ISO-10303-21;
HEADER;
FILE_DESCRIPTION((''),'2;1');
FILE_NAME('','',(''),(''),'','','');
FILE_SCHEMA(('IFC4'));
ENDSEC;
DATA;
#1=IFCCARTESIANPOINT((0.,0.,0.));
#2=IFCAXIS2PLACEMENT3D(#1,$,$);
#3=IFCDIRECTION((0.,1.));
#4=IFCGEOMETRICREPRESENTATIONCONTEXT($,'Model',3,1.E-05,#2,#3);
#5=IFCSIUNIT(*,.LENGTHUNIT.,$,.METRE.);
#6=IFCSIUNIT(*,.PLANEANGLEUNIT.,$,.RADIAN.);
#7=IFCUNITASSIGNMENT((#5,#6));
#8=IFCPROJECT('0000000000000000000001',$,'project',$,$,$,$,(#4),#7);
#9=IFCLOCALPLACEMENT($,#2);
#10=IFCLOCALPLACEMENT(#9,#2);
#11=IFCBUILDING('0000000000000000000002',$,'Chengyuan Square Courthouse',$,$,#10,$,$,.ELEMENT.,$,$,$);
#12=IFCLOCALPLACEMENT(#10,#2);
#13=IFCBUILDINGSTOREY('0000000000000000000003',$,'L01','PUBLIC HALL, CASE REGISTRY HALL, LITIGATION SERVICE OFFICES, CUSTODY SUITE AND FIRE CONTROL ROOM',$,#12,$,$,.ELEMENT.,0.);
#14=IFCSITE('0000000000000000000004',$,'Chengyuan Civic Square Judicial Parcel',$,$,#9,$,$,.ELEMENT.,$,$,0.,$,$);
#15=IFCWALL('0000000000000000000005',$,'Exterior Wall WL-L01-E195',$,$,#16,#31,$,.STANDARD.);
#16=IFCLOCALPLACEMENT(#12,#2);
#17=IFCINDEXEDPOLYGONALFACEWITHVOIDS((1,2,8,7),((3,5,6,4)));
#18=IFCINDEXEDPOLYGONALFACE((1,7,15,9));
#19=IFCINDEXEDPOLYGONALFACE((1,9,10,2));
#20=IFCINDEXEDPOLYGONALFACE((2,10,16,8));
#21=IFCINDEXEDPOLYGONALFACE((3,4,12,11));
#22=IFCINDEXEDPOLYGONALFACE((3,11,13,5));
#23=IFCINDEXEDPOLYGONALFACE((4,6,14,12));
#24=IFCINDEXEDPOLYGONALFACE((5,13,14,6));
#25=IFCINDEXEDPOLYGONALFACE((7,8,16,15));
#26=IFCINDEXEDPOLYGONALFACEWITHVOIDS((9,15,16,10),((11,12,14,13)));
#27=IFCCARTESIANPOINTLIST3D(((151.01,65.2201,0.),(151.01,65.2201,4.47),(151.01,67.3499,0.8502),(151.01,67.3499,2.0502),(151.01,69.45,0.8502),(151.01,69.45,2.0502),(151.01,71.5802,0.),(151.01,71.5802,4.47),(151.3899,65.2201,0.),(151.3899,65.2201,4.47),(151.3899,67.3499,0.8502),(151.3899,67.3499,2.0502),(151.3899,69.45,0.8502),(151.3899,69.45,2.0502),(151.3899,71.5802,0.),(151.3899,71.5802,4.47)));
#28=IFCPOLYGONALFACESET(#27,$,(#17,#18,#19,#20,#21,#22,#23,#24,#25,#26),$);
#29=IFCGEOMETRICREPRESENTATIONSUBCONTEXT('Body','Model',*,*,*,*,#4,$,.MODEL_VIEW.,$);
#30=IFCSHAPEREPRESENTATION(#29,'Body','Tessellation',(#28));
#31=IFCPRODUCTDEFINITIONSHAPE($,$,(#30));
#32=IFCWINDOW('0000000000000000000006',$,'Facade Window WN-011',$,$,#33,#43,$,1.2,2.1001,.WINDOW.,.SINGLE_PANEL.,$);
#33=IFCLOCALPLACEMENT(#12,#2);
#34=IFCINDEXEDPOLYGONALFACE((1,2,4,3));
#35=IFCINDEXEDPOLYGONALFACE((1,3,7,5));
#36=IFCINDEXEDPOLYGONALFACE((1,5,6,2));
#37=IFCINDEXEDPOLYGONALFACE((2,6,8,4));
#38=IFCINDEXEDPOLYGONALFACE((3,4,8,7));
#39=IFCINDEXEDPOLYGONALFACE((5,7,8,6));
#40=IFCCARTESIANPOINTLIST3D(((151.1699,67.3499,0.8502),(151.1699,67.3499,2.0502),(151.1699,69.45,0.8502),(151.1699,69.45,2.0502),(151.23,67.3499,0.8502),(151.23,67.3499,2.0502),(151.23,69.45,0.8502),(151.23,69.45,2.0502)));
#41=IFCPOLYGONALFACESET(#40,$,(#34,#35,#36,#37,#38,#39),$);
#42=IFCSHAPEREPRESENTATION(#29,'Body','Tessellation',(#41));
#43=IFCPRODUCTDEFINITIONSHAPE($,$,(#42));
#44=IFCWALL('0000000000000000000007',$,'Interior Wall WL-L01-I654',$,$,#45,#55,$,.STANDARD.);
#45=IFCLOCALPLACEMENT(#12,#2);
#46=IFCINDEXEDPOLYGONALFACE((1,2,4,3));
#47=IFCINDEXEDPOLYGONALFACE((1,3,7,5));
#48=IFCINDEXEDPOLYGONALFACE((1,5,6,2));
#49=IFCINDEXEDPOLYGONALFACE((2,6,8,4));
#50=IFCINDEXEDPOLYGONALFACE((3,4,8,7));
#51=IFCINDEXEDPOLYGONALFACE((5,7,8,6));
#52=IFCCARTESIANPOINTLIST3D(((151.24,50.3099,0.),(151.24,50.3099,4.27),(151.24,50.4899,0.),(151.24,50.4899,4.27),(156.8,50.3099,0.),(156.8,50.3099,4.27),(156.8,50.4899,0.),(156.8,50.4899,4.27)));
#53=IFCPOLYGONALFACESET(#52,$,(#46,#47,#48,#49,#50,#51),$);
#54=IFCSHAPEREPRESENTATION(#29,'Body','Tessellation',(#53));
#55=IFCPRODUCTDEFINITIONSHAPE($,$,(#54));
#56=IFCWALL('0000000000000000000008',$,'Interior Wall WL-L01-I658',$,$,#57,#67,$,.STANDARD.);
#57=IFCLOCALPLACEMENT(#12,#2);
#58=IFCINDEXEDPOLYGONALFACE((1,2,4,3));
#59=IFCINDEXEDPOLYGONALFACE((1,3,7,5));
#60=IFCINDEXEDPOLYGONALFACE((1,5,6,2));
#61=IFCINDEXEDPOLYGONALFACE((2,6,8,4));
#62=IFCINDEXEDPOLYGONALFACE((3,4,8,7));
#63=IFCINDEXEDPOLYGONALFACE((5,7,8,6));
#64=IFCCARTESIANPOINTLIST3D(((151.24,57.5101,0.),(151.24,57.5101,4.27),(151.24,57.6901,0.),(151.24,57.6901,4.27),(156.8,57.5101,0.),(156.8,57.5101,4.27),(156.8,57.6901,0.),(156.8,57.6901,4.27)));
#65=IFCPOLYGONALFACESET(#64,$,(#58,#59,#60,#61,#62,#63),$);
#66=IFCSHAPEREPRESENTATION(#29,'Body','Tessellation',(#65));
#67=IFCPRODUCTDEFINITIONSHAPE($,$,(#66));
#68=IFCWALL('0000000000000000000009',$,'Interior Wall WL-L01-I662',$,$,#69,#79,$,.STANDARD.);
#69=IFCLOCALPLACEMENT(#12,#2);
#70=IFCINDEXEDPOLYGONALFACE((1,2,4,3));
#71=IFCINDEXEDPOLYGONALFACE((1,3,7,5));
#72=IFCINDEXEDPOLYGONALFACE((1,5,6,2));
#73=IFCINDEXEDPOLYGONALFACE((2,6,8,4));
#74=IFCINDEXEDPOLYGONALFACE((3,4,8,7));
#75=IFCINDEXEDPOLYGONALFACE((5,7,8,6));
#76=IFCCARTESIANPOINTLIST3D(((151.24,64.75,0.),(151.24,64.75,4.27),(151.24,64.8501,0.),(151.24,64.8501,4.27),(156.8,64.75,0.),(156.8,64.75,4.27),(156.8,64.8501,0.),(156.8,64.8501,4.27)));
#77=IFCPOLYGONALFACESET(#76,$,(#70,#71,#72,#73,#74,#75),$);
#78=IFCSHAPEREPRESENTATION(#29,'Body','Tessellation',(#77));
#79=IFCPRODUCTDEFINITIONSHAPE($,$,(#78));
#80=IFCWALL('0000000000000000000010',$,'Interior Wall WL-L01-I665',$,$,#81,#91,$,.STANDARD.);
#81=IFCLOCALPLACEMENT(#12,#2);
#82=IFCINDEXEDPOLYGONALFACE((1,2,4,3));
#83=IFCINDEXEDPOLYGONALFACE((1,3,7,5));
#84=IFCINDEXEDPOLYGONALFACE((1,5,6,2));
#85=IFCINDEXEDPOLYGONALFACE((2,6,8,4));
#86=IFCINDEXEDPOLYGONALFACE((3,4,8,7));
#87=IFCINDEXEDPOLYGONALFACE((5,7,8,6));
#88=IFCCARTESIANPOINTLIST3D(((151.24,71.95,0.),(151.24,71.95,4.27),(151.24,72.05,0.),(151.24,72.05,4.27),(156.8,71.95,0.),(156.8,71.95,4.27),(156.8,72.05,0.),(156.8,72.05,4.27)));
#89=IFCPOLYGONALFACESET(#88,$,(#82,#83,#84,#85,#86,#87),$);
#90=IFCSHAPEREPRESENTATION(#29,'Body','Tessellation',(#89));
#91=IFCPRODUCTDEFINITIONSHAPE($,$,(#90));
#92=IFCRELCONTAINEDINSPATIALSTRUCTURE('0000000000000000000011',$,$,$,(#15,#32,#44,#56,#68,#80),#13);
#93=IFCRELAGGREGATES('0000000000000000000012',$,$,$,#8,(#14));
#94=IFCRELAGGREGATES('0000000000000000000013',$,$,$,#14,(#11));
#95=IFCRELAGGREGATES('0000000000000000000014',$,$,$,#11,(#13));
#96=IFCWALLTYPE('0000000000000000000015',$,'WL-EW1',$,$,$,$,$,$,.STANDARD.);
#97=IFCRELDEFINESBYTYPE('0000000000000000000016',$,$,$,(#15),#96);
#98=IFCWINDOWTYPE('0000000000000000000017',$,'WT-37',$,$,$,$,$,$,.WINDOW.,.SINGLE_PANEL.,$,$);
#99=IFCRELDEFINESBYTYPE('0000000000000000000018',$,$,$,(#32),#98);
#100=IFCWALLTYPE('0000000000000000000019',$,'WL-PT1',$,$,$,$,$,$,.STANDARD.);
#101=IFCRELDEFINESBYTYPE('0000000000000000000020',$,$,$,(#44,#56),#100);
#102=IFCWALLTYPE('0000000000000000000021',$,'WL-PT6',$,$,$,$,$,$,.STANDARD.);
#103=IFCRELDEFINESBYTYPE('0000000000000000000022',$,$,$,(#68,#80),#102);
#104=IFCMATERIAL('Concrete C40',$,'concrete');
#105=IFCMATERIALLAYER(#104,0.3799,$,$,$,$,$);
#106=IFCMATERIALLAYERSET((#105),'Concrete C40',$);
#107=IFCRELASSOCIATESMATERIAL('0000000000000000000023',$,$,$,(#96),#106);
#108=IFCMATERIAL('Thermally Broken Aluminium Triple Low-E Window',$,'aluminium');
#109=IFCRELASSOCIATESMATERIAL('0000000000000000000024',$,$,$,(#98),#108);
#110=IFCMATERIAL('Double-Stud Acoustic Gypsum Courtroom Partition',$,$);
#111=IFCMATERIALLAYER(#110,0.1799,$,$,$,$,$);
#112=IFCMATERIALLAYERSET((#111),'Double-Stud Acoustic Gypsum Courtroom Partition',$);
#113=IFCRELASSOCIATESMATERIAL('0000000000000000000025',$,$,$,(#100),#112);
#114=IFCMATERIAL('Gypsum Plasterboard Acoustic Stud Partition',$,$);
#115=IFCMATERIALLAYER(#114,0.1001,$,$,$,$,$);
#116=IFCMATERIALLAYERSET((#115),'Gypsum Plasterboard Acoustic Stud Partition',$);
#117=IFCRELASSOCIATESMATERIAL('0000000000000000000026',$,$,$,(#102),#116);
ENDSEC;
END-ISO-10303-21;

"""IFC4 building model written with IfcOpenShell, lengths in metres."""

from ifc_helpers import new_model, si_unit, direction, frame, frame_2d, origin, place, context, subcontext, project, spatial, rectangle, extrude, material, layer, layer_set, type_object, element, fill, save


model = new_model("IFC4")

# Units and contexts
model_context = context("Model", 3, precision=1e-05, world=origin(), true_north=direction((0.0, 1.0)))
body_context = subcontext(model_context, "Body", "Model", "MODEL_VIEW")
ifc_project = project(units=[si_unit("LENGTHUNIT", "METRE"), si_unit("PLANEANGLEUNIT", "RADIAN")], contexts=[model_context])

# Site, building, storey
site_placement = place(None, origin())
site = spatial("IfcSite", under=ifc_project, at=site_placement, Name="Chengyuan Civic Square Judicial Parcel", CompositionType="ELEMENT", RefElevation=0.0)
building_placement = place(site_placement, origin())
building = spatial("IfcBuilding", under=site, at=building_placement, Name="Chengyuan Square Courthouse", CompositionType="ELEMENT")
storey_placement = place(building_placement, origin())
storey = spatial("IfcBuildingStorey", under=building, at=storey_placement, Name="L01", Description="PUBLIC HALL, CASE REGISTRY HALL, LITIGATION SERVICE OFFICES, CUSTODY SUITE AND FIRE CONTROL ROOM", CompositionType="ELEMENT", Elevation=0.0)

# Shared definitions
ifc_material_1 = material(Name="Concrete C40", Category="concrete")

# Wall, opening, window
ifc_layer_1 = layer(ifc_material_1, 0.3799)
ifc_layer_set_1 = layer_set([ifc_layer_1], Name="Concrete C40")
wall_type_1 = type_object("IfcWallType", Name="WL-EW1", PredefinedType="STANDARD", material=ifc_layer_set_1)
wall_placement = place(storey_placement, frame((151.2, 65.22, 0.0), z_axis=(0.0, 0.0, 1.0), x_axis=(0.0, 1.0, 0.0)))
wall = element("IfcWall", 1, at=wall_placement, inside=storey, type_object=wall_type_1, Name="Exterior Wall WL-L01-E195", PredefinedType="STANDARD", context=body_context, shape_type="SweptSolid", body=[
    extrude(rectangle(XDim=6.3601, YDim=0.3799, at=frame_2d((3.1802, 0.0))), origin(), (0.0, 0.0, 1.0), 4.47),
])
opening_placement = place(wall_placement, frame((2.1299, 0.0, 0.8501)))
opening = element("IfcOpeningElement", 2, at=opening_placement, cuts=wall, PredefinedType="OPENING", context=body_context, shape_type="SweptSolid", body=[
    extrude(rectangle(XDim=2.1001, YDim=1.2, at=frame_2d((1.05, 0.6001))), frame((0.0, 0.2019, 0.0), z_axis=(0.0, -1.0, 0.0), x_axis=(1.0, 0.0, 0.0)), (0.0, 0.0, 1.0), 0.4038),
])
ifc_material_2 = material(Name="Thermally Broken Aluminium Triple Low-E Window", Category="aluminium")
window_type = type_object("IfcWindowType", Name="WT-37", PartitioningType="SINGLE_PANEL", PredefinedType="WINDOW", material=ifc_material_2)
window_placement = place(opening_placement, origin())
window = element("IfcWindow", 3, at=window_placement, inside=storey, type_object=window_type, Name="Facade Window WN-011", OverallHeight=1.2, OverallWidth=2.1001, PartitioningType="SINGLE_PANEL", PredefinedType="WINDOW", context=body_context, shape_type="SweptSolid", body=[
    extrude(rectangle(XDim=2.1001, YDim=1.2, at=frame_2d((1.05, 0.6001))), frame((0.0, 0.03, 0.0), z_axis=(0.0, -1.0, 0.0), x_axis=(1.0, 0.0, 0.0)), (0.0, 0.0, 1.0), 0.0601),
])
fill(opening, window)

# Walls
ifc_material_3 = material(Name="Double-Stud Acoustic Gypsum Courtroom Partition")
ifc_layer_2 = layer(ifc_material_3, 0.1799)
ifc_layer_set_2 = layer_set([ifc_layer_2], Name="Double-Stud Acoustic Gypsum Courtroom Partition")
wall_type_2 = type_object("IfcWallType", Name="WL-PT1", PredefinedType="STANDARD", material=ifc_layer_set_2)
for number, where, z_axis, x_axis, name in (
    (4, (151.24, 50.3999, 0.0), (0.0, 0.0, 1.0), (1.0, 0.0, 0.0), "Interior Wall WL-L01-I654"),
    (5, (151.24, 57.6001, 0.0), (0.0, 0.0, 1.0), (1.0, 0.0, 0.0), "Interior Wall WL-L01-I658"),
):
    element("IfcWall", number, at=place(storey_placement, frame(where, z_axis=z_axis, x_axis=x_axis)), inside=storey, type_object=wall_type_2, Name=name, PredefinedType="STANDARD", context=body_context, shape_type="SweptSolid", body=[
        extrude(rectangle(XDim=5.5601, YDim=0.1799, at=frame_2d((2.78, 0.0))), origin(), (0.0, 0.0, 1.0), 4.27),
    ])
ifc_material_4 = material(Name="Gypsum Plasterboard Acoustic Stud Partition")
ifc_layer_3 = layer(ifc_material_4, 0.1001)
ifc_layer_set_3 = layer_set([ifc_layer_3], Name="Gypsum Plasterboard Acoustic Stud Partition")
wall_type_3 = type_object("IfcWallType", Name="WL-PT6", PredefinedType="STANDARD", material=ifc_layer_set_3)
for number, where, z_axis, x_axis, name in (
    (6, (151.24, 64.8, 0.0), (0.0, 0.0, 1.0), (1.0, 0.0, 0.0), "Interior Wall WL-L01-I662"),
    (7, (151.24, 72.0, 0.0), (0.0, 0.0, 1.0), (1.0, 0.0, 0.0), "Interior Wall WL-L01-I665"),
):
    element("IfcWall", number, at=place(storey_placement, frame(where, z_axis=z_axis, x_axis=x_axis)), inside=storey, type_object=wall_type_3, Name=name, PredefinedType="STANDARD", context=body_context, shape_type="SweptSolid", body=[
        extrude(rectangle(XDim=5.5601, YDim=0.1001, at=frame_2d((2.78, 0.0))), origin(), (0.0, 0.0, 1.0), 4.27),
    ])

save(model, "model.ifc")
